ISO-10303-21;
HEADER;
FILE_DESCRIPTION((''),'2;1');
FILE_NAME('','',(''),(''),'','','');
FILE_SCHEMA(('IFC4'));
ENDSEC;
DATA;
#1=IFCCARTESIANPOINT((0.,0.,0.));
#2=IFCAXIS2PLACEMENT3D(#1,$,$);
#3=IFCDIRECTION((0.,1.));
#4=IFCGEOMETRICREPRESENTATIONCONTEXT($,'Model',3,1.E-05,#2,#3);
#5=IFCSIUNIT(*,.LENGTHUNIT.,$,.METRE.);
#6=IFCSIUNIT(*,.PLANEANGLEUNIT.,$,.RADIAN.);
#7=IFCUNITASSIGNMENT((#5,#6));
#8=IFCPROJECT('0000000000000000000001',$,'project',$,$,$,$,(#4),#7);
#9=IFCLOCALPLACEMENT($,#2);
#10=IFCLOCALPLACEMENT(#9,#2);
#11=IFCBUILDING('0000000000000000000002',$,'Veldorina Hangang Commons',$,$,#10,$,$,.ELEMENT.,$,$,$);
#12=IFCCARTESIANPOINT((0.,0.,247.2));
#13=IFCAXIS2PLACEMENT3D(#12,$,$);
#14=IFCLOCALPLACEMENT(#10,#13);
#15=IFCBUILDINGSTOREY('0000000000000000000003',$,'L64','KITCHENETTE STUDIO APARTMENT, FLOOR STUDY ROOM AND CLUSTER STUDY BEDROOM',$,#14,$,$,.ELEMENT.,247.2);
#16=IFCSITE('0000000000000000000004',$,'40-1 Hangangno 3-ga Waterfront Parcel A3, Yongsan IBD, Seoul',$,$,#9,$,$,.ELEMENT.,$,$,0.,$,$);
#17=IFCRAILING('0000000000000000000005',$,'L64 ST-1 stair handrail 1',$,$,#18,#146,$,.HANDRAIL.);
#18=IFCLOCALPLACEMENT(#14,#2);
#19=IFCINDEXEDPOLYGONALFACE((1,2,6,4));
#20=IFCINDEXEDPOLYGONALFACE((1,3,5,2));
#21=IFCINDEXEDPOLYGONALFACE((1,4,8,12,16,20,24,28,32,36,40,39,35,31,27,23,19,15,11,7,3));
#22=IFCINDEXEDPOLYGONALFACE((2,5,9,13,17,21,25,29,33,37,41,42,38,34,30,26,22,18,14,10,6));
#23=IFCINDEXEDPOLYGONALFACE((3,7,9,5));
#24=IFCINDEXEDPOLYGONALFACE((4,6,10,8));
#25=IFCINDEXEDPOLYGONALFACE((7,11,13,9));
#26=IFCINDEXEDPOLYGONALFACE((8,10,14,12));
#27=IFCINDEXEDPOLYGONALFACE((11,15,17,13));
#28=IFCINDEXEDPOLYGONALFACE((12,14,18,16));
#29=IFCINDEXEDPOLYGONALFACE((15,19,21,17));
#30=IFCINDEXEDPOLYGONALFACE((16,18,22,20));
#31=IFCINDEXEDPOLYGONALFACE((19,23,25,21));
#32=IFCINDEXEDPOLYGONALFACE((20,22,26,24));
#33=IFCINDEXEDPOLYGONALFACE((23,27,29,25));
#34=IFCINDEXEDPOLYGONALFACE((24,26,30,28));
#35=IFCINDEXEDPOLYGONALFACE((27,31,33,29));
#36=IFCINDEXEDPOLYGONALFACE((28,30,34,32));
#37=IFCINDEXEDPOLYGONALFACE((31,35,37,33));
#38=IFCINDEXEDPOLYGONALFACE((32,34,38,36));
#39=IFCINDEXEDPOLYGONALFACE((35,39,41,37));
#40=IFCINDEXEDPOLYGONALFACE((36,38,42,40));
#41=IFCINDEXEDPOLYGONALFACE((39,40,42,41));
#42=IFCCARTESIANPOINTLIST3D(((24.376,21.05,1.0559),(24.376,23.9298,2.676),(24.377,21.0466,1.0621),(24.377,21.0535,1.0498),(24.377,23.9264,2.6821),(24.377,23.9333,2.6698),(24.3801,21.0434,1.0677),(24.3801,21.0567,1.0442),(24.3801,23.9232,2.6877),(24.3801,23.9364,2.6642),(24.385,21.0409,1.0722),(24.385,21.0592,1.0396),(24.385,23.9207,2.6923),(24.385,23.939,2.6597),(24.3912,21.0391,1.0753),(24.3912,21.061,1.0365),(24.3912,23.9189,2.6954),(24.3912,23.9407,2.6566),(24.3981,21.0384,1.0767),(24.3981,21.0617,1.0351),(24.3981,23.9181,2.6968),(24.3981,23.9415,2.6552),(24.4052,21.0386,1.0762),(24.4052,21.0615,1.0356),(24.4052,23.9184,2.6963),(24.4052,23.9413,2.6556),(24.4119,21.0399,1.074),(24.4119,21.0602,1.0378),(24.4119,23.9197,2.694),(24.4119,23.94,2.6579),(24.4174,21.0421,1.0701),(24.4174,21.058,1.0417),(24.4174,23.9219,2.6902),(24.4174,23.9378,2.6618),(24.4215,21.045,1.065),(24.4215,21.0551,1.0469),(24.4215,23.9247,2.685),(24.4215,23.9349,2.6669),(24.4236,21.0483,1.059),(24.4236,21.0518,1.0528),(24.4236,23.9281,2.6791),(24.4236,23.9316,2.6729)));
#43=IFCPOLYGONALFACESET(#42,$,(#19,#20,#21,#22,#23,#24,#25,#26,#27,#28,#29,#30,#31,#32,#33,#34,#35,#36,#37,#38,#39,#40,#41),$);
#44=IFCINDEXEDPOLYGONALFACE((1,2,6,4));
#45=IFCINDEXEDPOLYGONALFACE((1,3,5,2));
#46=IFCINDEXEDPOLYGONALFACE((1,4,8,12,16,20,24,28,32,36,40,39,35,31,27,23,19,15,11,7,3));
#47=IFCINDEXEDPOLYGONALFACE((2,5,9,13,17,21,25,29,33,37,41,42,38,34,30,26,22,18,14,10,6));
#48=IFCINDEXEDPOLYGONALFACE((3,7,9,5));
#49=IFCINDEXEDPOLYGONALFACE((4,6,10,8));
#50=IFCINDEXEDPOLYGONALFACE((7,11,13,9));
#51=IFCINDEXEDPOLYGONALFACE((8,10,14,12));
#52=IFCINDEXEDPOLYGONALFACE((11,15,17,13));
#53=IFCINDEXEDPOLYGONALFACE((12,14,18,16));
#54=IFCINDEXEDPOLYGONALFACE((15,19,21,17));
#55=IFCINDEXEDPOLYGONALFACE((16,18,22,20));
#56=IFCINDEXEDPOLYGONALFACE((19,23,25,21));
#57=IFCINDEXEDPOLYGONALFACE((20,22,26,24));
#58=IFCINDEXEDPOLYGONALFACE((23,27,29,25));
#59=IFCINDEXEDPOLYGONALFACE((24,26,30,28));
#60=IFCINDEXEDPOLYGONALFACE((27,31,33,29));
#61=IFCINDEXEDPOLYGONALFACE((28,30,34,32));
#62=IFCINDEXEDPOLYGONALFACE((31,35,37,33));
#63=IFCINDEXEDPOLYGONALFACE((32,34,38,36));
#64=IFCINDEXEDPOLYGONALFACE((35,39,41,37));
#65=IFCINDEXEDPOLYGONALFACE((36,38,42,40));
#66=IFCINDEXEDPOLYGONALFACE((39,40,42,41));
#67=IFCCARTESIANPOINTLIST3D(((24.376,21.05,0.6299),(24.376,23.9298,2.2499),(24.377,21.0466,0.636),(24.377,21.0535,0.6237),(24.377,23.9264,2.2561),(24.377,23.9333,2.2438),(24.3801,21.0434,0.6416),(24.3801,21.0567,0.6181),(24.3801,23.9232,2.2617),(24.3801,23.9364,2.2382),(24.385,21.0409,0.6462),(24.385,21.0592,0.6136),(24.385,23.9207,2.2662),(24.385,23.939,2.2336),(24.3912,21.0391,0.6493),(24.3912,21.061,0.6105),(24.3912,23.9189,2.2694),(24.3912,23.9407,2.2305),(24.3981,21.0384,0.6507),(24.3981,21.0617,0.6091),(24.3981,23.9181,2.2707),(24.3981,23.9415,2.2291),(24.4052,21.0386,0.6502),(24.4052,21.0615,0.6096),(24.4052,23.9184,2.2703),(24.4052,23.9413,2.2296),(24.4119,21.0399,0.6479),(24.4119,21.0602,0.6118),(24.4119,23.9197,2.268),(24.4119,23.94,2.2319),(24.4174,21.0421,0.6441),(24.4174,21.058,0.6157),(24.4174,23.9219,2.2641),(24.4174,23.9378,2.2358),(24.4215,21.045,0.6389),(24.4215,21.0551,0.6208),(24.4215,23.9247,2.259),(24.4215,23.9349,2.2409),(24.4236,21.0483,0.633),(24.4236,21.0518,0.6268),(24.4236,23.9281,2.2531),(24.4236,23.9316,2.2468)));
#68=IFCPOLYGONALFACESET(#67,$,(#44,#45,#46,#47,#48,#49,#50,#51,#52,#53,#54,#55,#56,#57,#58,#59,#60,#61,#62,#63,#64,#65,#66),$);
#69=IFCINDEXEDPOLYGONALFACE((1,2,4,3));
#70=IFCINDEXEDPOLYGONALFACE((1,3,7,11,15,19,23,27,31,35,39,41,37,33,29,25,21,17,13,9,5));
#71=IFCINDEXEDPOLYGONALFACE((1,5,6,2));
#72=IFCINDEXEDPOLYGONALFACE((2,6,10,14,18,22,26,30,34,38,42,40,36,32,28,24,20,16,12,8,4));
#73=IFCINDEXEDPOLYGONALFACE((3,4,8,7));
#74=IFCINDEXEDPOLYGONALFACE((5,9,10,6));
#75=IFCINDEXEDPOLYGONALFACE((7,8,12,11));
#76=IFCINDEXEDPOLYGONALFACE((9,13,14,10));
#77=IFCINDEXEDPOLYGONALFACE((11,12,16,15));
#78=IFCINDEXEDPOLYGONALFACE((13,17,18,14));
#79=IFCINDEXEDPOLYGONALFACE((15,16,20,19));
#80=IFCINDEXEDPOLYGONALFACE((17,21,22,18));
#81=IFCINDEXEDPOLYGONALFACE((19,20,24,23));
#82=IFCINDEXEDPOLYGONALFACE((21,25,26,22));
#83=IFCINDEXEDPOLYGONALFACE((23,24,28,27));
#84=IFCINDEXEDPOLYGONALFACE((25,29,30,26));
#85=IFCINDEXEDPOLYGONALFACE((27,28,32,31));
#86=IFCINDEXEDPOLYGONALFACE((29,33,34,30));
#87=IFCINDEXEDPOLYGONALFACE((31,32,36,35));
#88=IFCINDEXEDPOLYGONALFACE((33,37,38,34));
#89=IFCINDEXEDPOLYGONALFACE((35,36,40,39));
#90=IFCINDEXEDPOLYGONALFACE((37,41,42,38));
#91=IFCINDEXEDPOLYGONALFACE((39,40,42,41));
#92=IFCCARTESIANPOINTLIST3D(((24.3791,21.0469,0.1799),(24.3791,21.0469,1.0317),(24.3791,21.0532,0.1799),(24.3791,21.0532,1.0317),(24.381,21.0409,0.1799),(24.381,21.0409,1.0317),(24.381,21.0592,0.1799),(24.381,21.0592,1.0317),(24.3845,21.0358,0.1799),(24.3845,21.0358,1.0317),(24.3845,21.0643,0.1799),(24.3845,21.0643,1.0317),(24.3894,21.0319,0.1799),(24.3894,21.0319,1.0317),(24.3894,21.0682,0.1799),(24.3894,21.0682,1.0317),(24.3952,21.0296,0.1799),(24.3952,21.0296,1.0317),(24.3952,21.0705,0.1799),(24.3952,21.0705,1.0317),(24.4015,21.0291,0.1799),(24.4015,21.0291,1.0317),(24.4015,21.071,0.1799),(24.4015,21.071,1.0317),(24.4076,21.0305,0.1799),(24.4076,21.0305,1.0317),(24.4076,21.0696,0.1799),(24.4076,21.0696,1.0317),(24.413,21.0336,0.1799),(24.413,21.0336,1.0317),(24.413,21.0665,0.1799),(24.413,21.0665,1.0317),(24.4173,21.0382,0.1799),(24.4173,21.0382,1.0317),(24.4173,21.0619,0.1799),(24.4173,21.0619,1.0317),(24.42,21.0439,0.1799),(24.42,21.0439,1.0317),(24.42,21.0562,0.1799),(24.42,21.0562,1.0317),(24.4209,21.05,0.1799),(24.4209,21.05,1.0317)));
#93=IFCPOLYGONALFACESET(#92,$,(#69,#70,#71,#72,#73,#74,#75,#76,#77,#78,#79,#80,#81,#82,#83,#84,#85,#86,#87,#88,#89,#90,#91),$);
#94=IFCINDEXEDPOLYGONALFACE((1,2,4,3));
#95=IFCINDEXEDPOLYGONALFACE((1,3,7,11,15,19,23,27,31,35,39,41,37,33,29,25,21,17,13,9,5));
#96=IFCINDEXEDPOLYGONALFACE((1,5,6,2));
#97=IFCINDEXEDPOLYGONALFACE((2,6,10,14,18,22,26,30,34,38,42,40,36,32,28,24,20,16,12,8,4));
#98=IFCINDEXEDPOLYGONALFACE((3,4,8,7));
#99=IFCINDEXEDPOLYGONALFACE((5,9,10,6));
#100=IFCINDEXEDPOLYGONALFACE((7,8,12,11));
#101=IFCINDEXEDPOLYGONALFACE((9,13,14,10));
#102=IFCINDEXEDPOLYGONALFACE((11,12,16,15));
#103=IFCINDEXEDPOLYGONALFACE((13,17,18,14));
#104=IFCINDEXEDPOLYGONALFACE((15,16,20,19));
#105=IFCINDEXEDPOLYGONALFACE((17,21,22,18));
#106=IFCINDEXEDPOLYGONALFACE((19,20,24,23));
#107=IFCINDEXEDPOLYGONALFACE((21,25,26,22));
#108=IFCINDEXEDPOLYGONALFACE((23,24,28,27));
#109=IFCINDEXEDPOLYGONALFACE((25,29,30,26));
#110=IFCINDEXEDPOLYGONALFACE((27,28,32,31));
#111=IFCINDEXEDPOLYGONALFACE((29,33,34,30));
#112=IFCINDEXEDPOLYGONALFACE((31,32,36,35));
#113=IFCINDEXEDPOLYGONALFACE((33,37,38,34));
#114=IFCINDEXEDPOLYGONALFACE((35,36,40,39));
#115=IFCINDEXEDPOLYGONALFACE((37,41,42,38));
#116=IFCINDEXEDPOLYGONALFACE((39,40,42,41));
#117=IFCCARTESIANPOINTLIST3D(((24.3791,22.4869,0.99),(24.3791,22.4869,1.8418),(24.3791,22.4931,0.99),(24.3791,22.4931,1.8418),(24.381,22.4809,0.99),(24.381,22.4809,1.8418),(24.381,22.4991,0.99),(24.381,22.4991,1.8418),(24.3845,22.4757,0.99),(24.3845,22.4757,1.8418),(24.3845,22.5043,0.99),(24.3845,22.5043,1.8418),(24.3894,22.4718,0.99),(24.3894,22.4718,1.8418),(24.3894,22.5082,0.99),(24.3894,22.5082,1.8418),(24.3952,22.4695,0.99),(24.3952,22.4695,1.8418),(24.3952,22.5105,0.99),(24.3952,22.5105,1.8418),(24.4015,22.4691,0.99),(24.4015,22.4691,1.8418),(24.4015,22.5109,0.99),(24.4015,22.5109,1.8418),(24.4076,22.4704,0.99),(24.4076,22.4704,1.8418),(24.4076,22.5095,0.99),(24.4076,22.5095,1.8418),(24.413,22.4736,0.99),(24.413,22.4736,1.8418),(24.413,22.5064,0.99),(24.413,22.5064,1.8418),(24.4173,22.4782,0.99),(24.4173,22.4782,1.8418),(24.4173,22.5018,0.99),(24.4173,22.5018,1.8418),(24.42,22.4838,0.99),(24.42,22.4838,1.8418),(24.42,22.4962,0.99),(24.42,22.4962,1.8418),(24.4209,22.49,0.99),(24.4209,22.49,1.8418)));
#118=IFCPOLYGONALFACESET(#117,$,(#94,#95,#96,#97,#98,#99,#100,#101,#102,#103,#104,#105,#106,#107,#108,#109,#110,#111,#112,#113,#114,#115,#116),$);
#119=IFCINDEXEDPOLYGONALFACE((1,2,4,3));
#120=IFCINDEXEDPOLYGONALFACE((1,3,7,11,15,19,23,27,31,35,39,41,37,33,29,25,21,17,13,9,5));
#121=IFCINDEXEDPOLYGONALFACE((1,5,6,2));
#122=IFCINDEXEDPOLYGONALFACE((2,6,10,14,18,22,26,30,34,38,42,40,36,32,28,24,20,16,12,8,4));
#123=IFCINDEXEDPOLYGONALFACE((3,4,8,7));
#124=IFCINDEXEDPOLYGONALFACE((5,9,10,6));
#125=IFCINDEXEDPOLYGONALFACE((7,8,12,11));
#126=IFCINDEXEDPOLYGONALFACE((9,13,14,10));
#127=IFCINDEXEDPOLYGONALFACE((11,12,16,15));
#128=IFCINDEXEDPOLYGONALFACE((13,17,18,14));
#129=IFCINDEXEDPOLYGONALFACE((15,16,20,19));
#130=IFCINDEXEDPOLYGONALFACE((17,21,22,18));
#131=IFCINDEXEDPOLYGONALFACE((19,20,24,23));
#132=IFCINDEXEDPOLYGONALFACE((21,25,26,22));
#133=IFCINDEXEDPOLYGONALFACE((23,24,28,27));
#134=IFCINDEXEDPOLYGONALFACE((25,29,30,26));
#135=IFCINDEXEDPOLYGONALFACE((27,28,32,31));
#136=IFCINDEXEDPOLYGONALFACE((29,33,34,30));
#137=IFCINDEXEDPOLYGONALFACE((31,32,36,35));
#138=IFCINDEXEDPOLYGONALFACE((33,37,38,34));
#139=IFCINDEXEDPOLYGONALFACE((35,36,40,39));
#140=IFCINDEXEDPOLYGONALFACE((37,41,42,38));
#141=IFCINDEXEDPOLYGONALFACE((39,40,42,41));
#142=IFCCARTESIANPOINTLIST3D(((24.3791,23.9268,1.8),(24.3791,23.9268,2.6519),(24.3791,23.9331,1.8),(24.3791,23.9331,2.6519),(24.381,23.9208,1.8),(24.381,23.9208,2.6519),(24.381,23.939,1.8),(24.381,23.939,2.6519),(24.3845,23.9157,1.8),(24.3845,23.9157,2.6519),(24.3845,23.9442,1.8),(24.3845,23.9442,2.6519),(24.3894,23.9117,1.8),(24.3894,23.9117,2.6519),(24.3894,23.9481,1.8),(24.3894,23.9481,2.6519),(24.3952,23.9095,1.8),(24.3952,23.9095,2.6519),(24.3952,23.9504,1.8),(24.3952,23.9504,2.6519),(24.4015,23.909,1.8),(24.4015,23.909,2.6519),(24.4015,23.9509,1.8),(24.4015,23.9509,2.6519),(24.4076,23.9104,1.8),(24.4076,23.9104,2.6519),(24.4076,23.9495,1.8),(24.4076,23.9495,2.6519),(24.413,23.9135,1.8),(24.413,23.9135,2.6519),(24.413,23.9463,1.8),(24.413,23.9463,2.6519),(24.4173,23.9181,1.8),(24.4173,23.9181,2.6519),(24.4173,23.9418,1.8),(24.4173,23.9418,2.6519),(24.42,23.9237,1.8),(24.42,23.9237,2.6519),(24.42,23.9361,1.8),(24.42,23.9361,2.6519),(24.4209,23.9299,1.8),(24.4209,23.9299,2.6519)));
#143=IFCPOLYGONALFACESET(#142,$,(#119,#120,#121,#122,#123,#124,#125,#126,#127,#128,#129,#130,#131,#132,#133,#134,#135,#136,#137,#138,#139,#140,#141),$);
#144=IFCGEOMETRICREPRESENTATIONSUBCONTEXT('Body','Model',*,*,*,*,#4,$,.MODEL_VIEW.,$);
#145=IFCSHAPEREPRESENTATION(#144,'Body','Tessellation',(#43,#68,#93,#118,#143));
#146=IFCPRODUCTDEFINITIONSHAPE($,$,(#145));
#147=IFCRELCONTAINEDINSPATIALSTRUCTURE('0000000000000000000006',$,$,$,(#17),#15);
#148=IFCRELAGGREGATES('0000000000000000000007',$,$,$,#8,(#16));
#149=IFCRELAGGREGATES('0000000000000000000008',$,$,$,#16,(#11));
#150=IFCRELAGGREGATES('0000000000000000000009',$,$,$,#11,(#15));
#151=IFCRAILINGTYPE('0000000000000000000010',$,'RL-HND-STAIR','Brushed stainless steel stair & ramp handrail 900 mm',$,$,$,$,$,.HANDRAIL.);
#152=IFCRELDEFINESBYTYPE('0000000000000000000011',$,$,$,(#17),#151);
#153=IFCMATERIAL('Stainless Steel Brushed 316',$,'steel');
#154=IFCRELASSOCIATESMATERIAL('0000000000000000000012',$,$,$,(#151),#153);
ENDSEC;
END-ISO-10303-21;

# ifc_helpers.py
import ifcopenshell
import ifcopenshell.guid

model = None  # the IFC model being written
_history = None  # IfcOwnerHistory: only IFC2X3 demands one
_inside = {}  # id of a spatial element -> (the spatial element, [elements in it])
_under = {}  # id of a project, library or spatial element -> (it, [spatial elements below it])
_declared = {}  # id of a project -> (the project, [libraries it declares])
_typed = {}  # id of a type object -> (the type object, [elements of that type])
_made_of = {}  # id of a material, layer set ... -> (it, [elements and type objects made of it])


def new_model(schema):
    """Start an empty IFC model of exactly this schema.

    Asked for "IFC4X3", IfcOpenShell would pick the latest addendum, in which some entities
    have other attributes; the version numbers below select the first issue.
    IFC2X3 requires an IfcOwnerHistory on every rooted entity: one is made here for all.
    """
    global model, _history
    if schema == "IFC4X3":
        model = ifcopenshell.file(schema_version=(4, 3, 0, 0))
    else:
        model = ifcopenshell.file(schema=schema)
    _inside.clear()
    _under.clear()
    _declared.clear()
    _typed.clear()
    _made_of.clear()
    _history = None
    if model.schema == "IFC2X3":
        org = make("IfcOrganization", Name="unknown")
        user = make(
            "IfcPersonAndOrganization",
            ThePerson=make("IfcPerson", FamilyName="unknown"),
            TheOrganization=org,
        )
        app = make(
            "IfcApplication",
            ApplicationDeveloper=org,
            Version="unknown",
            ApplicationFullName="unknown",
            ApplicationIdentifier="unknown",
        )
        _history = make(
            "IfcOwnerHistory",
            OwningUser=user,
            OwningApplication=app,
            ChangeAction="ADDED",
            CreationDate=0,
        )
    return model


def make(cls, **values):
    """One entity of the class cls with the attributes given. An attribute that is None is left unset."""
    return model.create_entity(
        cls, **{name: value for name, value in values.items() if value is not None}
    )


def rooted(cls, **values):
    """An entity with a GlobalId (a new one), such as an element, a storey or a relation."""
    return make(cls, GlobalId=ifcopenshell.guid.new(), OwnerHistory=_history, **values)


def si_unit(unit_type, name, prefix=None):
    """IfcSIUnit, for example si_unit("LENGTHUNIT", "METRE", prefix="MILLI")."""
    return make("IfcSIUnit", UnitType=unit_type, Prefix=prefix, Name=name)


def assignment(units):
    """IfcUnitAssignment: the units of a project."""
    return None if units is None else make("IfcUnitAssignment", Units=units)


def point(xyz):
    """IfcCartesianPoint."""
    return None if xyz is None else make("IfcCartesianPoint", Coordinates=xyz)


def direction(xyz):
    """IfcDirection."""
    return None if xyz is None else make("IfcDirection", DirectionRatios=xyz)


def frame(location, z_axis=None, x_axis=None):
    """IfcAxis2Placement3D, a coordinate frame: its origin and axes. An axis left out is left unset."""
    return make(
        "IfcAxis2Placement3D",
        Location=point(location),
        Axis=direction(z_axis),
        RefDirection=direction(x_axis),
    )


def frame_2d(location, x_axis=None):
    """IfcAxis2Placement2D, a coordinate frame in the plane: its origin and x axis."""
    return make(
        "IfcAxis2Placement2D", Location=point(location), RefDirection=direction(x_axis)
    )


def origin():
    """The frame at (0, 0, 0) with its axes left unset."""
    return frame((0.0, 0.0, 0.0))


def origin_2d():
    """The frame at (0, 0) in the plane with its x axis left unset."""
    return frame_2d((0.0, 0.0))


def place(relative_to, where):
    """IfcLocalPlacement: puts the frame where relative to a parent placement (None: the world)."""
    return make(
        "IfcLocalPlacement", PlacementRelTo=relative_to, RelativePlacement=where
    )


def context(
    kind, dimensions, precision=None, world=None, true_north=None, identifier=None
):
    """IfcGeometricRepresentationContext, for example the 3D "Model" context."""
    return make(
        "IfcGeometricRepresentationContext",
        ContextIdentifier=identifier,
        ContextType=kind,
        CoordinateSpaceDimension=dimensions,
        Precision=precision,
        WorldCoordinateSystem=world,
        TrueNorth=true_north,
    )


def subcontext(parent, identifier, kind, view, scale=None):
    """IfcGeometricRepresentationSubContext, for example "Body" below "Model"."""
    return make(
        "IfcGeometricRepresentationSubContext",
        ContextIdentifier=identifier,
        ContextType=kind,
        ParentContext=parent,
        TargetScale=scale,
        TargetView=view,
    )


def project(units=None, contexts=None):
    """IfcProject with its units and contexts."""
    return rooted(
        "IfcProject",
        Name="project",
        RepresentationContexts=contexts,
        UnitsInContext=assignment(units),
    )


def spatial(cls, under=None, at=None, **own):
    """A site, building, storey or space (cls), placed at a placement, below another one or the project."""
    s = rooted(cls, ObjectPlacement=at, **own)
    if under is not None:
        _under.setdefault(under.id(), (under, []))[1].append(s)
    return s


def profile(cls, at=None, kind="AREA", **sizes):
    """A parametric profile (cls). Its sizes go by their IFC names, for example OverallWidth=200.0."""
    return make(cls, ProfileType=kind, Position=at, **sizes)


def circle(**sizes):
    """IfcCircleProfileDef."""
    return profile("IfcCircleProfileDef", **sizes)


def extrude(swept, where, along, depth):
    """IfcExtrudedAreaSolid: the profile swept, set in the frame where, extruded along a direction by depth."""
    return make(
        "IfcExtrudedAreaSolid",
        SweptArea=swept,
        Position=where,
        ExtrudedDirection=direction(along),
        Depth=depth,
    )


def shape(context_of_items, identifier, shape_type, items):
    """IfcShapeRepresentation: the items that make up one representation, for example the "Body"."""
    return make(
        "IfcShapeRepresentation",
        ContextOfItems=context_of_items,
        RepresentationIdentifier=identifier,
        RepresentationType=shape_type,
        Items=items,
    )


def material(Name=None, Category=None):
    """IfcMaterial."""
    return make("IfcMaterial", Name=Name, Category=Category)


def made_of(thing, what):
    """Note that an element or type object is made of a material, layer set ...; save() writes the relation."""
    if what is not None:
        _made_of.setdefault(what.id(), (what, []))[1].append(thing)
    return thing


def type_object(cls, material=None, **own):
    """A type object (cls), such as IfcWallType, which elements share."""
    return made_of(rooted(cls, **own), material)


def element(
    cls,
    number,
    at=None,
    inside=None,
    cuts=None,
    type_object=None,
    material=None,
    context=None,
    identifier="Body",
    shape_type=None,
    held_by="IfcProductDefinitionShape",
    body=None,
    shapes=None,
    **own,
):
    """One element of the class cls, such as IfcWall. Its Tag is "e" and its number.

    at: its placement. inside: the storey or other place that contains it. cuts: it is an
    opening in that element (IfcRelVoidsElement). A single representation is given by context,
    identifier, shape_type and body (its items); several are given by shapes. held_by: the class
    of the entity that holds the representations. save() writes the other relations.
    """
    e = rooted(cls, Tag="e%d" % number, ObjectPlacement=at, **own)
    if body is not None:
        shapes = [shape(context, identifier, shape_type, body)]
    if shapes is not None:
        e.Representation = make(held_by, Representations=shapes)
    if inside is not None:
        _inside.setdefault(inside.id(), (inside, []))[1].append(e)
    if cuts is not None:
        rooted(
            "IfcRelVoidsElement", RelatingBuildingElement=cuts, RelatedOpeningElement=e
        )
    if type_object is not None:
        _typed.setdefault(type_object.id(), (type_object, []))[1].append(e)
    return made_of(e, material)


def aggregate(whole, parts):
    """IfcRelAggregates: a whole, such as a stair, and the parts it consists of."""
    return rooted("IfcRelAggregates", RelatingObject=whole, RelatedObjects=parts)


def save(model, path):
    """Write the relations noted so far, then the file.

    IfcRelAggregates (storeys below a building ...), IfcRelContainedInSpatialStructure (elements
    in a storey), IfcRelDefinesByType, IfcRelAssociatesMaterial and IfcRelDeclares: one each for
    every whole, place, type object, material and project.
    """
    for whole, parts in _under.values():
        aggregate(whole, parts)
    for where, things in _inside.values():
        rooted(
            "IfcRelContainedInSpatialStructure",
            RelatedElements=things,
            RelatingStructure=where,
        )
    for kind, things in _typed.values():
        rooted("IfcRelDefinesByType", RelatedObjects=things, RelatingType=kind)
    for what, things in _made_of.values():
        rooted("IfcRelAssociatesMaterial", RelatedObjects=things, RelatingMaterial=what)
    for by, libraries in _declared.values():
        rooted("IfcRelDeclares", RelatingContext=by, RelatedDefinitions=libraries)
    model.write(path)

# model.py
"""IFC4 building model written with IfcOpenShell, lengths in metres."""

from ifc_helpers import new_model, si_unit, direction, frame, origin, origin_2d, place, context, subcontext, project, spatial, circle, extrude, material, type_object, element, save


model = new_model("IFC4")

# Units and contexts
model_context = context("Model", 3, precision=1e-05, world=origin(), true_north=direction((0.0, 1.0)))
body_context = subcontext(model_context, "Body", "Model", "MODEL_VIEW")
ifc_project = project(units=[si_unit("LENGTHUNIT", "METRE"), si_unit("PLANEANGLEUNIT", "RADIAN")], contexts=[model_context])

# Site, building, storey
site_placement = place(None, origin())
site = spatial("IfcSite", under=ifc_project, at=site_placement, Name="40-1 Hangangno 3-ga Waterfront Parcel A3, Yongsan IBD, Seoul", CompositionType="ELEMENT", RefElevation=0.0)
building_placement = place(site_placement, origin())
building = spatial("IfcBuilding", under=site, at=building_placement, Name="Veldorina Hangang Commons", CompositionType="ELEMENT")
storey_placement = place(building_placement, frame((0.0, 0.0, 247.2)))
storey = spatial("IfcBuildingStorey", under=building, at=storey_placement, Name="L64", Description="KITCHENETTE STUDIO APARTMENT, FLOOR STUDY ROOM AND CLUSTER STUDY BEDROOM", CompositionType="ELEMENT", Elevation=247.2)

# Railing
ifc_material_1 = material(Name="Stainless Steel Brushed 316", Category="steel")
railing_type_1 = type_object("IfcRailingType", Name="RL-HND-STAIR", Description="Brushed stainless steel stair & ramp handrail 900 mm", PredefinedType="HANDRAIL", material=ifc_material_1)
railing_1_placement = place(storey_placement, frame((24.3999, 21.05, 0.1799)))
element("IfcRailing", 1, at=railing_1_placement, inside=storey, type_object=railing_type_1, Name="L64 ST-1 stair handrail 1", PredefinedType="HANDRAIL", context=body_context, shape_type="SweptSolid", body=[
    extrude(circle(Radius=0.0239, at=origin_2d()), frame((0.0, 0.0, 0.876), z_axis=(0.0, 0.871552, 0.490303), x_axis=(-1.0, 0.0, 0.0)), (0.0, 0.0, 1.0), 3.3042),
    extrude(circle(Radius=0.0239, at=origin_2d()), frame((0.0, 0.0, 0.45), z_axis=(0.0, 0.871552, 0.490303), x_axis=(-1.0, 0.0, 0.0)), (0.0, 0.0, 1.0), 3.3042),
    extrude(circle(Radius=0.021, at=origin_2d()), origin(), (0.0, 0.0, 1.0), 0.8518),
    extrude(circle(Radius=0.021, at=origin_2d()), frame((0.0, 1.4399, 0.8101)), (0.0, 0.0, 1.0), 0.8518),
    extrude(circle(Radius=0.021, at=origin_2d()), frame((0.0, 2.8799, 1.6201)), (0.0, 0.0, 1.0), 0.8518),
])

save(model, "model.ifc")
